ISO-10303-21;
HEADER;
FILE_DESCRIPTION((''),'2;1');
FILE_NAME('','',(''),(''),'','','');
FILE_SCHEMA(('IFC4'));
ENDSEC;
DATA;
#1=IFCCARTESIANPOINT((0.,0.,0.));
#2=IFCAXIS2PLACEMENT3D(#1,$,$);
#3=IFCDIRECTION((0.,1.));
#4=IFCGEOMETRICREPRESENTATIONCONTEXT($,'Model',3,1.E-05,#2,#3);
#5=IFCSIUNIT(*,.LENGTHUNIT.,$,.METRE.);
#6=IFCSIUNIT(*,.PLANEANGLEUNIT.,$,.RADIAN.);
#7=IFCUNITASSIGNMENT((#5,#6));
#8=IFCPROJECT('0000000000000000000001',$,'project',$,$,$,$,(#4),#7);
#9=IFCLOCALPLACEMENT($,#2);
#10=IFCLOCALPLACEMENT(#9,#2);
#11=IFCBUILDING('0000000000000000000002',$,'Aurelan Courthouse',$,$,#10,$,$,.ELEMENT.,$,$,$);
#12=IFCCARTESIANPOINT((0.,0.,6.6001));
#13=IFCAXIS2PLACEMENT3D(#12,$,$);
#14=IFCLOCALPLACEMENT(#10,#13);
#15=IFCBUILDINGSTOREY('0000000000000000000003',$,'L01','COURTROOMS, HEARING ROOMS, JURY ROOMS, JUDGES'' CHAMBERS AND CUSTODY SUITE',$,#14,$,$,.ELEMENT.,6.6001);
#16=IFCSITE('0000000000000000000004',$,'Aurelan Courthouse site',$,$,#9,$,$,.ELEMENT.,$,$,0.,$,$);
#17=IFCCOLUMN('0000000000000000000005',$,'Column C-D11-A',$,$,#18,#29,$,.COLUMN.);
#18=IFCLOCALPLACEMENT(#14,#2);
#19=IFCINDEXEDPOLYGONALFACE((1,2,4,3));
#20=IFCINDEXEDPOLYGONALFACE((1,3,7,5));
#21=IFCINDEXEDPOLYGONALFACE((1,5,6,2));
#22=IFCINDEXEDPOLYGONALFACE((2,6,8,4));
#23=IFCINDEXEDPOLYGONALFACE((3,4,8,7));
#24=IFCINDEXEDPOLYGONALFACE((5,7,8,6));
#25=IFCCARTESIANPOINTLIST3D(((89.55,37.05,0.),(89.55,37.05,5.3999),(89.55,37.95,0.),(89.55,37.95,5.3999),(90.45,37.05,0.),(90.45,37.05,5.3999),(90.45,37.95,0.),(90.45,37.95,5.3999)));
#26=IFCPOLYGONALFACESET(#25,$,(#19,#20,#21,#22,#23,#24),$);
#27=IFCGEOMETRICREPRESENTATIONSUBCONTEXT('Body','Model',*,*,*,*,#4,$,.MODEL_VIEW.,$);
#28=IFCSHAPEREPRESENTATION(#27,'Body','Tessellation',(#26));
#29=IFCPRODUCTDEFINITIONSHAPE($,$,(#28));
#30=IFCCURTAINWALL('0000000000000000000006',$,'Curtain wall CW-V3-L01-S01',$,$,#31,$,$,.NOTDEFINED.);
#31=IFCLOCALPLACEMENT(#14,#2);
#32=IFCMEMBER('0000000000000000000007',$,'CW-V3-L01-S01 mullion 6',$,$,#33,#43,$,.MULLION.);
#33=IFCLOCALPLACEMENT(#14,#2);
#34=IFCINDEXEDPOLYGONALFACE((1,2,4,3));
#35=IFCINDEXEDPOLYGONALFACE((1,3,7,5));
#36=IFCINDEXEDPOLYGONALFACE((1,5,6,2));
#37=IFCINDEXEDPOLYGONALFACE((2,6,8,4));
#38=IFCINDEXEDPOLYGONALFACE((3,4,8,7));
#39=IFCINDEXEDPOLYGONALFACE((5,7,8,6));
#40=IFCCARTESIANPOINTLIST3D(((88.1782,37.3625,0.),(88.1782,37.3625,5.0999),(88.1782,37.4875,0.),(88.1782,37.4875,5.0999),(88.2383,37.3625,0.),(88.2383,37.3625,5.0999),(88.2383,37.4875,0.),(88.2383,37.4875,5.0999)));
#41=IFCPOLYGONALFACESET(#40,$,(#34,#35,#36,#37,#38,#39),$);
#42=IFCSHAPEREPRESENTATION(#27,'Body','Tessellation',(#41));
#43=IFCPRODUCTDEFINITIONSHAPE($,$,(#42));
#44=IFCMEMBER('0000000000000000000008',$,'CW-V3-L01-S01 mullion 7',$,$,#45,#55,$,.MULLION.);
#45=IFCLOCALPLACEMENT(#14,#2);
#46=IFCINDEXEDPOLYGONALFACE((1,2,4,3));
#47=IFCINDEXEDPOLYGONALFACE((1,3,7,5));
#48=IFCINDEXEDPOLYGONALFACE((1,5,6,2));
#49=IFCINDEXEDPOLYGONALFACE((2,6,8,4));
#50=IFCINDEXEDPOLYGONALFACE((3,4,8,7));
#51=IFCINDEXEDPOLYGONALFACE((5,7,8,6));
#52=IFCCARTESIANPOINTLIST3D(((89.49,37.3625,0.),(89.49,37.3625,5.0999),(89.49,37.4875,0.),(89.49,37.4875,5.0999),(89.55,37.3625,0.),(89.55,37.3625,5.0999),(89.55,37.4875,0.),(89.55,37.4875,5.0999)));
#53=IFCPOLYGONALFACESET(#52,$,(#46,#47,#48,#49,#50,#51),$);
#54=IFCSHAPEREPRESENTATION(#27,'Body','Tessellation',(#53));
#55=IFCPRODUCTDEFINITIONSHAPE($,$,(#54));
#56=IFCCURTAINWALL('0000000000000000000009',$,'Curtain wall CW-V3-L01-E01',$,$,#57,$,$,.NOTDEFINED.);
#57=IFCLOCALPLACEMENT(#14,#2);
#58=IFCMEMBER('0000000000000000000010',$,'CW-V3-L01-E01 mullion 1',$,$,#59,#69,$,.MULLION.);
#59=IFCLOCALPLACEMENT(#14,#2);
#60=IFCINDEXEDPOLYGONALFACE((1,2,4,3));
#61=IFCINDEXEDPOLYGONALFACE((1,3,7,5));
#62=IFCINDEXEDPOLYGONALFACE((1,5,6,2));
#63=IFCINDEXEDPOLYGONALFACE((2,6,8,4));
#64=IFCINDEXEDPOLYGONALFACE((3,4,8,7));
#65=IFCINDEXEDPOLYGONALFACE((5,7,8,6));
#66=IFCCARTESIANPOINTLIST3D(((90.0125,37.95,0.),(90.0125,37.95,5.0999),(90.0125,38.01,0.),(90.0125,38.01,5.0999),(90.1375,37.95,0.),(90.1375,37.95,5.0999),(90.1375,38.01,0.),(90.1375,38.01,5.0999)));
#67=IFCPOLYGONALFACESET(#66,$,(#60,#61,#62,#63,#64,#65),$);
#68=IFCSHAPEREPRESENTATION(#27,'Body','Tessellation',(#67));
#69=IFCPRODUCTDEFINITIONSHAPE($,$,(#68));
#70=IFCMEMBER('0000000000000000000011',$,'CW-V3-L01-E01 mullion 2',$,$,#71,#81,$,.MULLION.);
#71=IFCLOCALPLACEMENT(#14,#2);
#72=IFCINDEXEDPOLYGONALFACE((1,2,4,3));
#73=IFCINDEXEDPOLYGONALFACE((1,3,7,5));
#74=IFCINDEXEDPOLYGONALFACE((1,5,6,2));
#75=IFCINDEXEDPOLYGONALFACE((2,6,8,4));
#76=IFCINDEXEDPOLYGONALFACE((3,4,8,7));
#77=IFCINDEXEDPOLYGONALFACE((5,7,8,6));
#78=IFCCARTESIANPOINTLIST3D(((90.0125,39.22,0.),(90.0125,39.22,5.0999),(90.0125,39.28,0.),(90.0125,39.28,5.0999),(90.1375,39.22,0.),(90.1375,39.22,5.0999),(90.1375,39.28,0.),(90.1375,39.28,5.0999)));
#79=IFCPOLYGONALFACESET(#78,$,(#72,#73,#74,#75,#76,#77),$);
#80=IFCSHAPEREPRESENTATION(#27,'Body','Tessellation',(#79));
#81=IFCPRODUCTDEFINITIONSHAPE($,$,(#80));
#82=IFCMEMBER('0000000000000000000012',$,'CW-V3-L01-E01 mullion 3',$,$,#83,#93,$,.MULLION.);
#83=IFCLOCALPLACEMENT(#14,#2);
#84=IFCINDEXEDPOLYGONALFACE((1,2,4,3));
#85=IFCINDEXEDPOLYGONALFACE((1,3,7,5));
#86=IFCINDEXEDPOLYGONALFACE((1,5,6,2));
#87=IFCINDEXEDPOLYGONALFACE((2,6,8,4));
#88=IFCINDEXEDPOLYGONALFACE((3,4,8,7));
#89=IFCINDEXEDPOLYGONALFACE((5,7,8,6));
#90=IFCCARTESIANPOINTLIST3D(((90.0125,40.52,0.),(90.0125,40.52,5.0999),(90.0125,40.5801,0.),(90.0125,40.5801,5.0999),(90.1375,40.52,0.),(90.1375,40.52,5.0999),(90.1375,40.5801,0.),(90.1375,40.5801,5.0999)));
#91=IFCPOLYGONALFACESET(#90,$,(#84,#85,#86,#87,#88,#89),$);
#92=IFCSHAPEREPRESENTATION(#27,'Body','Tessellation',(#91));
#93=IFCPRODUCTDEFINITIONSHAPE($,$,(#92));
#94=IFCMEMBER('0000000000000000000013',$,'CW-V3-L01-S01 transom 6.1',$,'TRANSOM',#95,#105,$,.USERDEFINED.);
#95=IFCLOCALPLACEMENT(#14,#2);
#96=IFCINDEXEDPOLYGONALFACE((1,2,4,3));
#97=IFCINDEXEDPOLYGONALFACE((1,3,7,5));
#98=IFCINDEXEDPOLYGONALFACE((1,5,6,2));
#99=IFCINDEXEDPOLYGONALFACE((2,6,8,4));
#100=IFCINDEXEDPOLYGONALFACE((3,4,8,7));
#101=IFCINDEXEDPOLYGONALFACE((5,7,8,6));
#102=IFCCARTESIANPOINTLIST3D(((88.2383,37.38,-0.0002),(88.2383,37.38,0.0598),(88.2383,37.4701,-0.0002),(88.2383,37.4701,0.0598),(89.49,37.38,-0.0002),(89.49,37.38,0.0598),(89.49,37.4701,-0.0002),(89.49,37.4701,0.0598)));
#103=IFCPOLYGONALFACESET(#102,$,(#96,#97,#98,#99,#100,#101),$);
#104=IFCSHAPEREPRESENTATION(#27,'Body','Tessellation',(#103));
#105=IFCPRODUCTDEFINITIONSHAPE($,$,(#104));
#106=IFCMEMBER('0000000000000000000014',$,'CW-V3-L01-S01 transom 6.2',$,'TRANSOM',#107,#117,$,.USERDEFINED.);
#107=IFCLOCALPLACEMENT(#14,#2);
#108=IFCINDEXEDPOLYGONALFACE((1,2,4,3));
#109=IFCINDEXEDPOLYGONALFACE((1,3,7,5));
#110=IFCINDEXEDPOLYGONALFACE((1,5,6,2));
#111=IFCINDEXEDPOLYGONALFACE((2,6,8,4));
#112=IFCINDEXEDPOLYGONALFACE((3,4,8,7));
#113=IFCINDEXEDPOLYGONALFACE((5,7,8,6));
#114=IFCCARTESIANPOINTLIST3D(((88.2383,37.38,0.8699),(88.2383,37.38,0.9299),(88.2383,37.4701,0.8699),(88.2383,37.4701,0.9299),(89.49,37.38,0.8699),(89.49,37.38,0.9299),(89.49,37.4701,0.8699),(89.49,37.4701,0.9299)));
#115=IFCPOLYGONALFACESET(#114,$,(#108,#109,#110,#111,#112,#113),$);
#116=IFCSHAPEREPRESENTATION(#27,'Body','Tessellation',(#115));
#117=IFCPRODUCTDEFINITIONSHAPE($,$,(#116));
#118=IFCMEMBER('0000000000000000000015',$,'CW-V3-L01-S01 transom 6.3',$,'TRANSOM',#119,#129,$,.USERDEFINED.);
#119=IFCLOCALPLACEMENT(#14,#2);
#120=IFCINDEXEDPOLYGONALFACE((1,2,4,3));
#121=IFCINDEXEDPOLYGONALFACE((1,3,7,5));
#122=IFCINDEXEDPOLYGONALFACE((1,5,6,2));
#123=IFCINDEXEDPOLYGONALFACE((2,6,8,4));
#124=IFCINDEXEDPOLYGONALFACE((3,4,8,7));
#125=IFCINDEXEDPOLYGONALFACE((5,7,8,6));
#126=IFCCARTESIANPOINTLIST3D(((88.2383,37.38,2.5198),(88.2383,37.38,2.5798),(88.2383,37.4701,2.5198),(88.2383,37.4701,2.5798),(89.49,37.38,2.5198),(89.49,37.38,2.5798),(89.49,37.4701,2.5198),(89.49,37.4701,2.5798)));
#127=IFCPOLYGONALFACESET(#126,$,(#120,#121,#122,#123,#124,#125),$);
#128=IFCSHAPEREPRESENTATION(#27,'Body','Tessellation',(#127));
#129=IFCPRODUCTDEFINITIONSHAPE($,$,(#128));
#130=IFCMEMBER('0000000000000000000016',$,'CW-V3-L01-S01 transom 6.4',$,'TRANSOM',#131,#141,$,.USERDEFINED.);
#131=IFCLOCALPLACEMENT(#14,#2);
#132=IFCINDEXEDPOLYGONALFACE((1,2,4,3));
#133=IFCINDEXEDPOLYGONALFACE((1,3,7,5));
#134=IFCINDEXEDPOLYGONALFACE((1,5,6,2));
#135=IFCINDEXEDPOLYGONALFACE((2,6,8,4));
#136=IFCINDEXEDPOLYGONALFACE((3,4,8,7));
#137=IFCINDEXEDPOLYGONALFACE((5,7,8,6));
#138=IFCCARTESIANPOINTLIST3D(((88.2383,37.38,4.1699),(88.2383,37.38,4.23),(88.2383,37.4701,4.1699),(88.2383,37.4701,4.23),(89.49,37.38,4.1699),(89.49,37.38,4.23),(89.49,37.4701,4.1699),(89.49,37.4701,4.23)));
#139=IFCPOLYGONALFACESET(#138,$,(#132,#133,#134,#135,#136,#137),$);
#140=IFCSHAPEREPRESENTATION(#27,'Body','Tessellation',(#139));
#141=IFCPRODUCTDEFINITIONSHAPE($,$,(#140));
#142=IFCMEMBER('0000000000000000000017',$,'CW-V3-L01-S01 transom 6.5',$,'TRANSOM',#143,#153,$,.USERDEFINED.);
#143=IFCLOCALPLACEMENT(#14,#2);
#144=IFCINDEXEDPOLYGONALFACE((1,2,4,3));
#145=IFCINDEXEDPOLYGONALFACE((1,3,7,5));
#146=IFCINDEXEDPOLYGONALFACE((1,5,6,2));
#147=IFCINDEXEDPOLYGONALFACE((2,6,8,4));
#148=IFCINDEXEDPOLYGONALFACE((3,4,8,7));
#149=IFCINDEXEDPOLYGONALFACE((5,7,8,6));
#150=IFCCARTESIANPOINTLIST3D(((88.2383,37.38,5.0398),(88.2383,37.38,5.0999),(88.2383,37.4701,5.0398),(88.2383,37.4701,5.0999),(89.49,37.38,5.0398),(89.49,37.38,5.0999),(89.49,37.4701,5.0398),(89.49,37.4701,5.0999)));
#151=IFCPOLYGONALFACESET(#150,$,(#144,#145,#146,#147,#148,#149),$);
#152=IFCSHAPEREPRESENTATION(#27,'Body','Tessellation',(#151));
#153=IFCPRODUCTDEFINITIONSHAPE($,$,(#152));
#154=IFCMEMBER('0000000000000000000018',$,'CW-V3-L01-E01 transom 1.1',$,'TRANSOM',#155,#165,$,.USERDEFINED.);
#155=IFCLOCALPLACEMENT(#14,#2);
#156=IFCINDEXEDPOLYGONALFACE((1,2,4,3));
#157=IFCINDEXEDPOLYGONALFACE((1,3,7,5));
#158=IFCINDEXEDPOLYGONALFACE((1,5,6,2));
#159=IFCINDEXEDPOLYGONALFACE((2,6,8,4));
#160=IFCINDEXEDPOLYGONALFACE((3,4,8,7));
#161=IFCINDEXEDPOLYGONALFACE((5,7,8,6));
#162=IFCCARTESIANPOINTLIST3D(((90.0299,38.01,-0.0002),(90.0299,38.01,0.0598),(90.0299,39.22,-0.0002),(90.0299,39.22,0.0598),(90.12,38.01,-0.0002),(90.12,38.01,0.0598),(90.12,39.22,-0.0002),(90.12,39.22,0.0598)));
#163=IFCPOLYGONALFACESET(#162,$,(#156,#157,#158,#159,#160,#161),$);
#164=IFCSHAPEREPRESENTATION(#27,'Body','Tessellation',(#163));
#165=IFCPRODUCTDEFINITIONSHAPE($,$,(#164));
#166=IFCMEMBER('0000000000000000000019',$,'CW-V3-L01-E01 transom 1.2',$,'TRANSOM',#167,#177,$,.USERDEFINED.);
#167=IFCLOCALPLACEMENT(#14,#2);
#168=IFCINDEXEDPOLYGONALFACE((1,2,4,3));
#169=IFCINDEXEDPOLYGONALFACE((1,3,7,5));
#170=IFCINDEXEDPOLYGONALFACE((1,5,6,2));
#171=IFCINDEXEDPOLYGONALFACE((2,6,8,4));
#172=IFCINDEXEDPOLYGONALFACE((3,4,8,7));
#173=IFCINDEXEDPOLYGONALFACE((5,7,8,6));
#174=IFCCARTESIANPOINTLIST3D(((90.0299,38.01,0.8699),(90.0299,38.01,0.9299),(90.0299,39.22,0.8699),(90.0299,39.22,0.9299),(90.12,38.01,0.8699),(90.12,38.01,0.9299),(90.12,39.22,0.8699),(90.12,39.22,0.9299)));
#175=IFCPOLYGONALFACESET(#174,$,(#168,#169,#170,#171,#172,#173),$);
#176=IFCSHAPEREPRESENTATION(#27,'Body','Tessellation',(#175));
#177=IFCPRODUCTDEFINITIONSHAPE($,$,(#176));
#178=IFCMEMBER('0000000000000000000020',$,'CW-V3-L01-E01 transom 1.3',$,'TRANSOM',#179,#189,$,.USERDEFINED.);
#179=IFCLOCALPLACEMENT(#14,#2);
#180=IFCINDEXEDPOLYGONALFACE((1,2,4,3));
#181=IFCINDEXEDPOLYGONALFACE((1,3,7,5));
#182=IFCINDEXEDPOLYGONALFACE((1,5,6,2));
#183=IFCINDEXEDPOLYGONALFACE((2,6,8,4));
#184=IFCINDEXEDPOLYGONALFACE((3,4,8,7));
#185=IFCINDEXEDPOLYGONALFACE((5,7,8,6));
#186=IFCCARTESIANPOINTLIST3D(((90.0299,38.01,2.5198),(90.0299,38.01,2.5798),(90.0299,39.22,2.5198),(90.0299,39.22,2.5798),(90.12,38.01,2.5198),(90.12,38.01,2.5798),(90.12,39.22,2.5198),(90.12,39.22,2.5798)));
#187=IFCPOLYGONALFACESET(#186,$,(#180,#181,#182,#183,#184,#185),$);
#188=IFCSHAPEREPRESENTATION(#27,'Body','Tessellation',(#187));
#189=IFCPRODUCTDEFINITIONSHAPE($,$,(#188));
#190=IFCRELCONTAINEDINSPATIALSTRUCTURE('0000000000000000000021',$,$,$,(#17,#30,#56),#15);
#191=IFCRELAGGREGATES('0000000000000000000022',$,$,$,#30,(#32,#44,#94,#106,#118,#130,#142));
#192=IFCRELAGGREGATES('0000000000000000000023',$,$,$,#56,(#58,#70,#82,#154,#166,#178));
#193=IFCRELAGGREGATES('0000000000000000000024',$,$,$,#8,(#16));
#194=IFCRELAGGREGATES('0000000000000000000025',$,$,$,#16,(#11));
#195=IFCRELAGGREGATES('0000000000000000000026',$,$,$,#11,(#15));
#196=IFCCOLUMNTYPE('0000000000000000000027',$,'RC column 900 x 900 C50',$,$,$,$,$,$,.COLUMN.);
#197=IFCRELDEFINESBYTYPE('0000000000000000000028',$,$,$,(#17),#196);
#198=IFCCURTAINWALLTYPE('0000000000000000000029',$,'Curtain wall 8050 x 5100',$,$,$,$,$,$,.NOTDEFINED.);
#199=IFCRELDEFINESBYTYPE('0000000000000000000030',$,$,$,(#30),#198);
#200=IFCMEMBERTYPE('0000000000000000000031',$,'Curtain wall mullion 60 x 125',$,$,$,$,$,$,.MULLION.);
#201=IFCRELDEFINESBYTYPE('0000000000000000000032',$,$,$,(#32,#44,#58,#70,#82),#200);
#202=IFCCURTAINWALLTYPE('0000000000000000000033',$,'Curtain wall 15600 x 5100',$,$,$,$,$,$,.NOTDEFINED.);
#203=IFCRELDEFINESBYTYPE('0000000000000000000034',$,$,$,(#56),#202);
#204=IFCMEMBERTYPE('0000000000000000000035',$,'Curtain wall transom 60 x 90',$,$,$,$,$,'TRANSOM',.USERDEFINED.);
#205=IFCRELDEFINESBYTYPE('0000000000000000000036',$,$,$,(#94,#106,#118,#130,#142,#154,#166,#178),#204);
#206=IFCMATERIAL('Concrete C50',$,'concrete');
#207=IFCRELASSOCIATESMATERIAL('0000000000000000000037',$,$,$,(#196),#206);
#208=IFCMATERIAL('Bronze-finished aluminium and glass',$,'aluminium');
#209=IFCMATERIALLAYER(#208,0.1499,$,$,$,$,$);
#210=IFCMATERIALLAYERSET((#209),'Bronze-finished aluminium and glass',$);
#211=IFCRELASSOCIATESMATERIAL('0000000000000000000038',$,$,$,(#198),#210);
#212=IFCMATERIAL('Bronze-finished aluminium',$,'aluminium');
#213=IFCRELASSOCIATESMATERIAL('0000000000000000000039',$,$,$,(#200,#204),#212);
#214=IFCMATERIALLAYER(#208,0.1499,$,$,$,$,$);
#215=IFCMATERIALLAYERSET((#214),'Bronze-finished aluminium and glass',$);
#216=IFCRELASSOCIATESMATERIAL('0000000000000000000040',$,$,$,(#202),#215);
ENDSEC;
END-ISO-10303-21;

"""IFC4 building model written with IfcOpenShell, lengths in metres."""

from ifc_helpers import new_model, si_unit, direction, frame, origin, origin_2d, place, context, subcontext, project, spatial, rectangle, extrude, material, layer, layer_set, material_profile, profile_set, type_object, element, aggregate, save


model = new_model("IFC4")

# Units and contexts
model_context = context("Model", 3, precision=1e-05, world=origin(), true_north=direction((0.0, 1.0)))
body_context = subcontext(model_context, "Body", "Model", "MODEL_VIEW")
ifc_project = project(units=[si_unit("LENGTHUNIT", "METRE"), si_unit("PLANEANGLEUNIT", "RADIAN")], contexts=[model_context])

# Site, building, storey
site_placement = place(None, origin())
site = spatial("IfcSite", under=ifc_project, at=site_placement, Name="Aurelan Courthouse site", CompositionType="ELEMENT", RefElevation=0.0)
building_placement = place(site_placement, origin())
building = spatial("IfcBuilding", under=site, at=building_placement, Name="Aurelan Courthouse", CompositionType="ELEMENT")
storey_placement = place(building_placement, frame((0.0, 0.0, 6.6001)))
storey = spatial("IfcBuildingStorey", under=building, at=storey_placement, Name="L01", Description="COURTROOMS, HEARING ROOMS, JURY ROOMS, JUDGES' CHAMBERS AND CUSTODY SUITE", CompositionType="ELEMENT", Elevation=6.6001)

# Column
ifc_material_1 = material(Name="Concrete C50", Category="concrete")
ifc_material_profile_1 = material_profile(ifc_material_1, rectangle(XDim=0.8999, YDim=0.8999, at=origin_2d()), Name="RC 900 x 900")
ifc_profile_set_1 = profile_set([ifc_material_profile_1], Name="Concrete C50")
column_type = type_object("IfcColumnType", Name="RC column 900 x 900 C50", PredefinedType="COLUMN", material=ifc_profile_set_1)
column_placement = place(storey_placement, frame((90.0, 37.5, 0.0), z_axis=(0.0, 0.0, 1.0), x_axis=(1.0, 0.0, 0.0)))
element("IfcColumn", 1, at=column_placement, inside=storey, type_object=column_type, Name="Column C-D11-A", PredefinedType="COLUMN", context=body_context, shape_type="SweptSolid", body=[
    extrude(rectangle(XDim=0.8999, YDim=0.8999, at=origin_2d()), origin(), (0.0, 0.0, 1.0), 5.3999),
])

# Curtain walls, members
ifc_material_2 = material(Name="Bronze-finished aluminium and glass", Category="aluminium")
ifc_layer_1 = layer(ifc_material_2, 0.1499)
ifc_layer_set_1 = layer_set([ifc_layer_1], Name="Bronze-finished aluminium and glass")
curtain_wall_type_1 = type_object("IfcCurtainWallType", Name="Curtain wall 8050 x 5100", PredefinedType="NOTDEFINED", material=ifc_layer_set_1)
curtain_wall_1_placement = place(storey_placement, origin())
curtain_wall_1 = element("IfcCurtainWall", 2, at=curtain_wall_1_placement, inside=storey, type_object=curtain_wall_type_1, Name="Curtain wall CW-V3-L01-S01", PredefinedType="NOTDEFINED")
ifc_material_3 = material(Name="Bronze-finished aluminium", Category="aluminium")
ifc_material_profile_2 = material_profile(ifc_material_3, rectangle(XDim=0.125, YDim=0.0601, at=origin_2d()), Name="Bronze mullion 60 x 125")
ifc_profile_set_2 = profile_set([ifc_material_profile_2], Name="Bronze-finished aluminium")
member_type_1 = type_object("IfcMemberType", Name="Curtain wall mullion 60 x 125", PredefinedType="MULLION", material=ifc_profile_set_2)
member_1_placement = place(storey_placement, frame((88.2083, 37.425, 0.0), z_axis=(0.0, 0.0, 1.0), x_axis=(0.0, 1.0, 0.0)))
member_1 = element("IfcMember", 3, at=member_1_placement, type_object=member_type_1, Name="CW-V3-L01-S01 mullion 6", PredefinedType="MULLION", context=body_context, shape_type="SweptSolid", body=[
    extrude(rectangle(XDim=0.125, YDim=0.0601, at=origin_2d()), origin(), (0.0, 0.0, 1.0), 5.0999),
])
member_2_placement = place(storey_placement, frame((89.52, 37.425, 0.0), z_axis=(0.0, 0.0, 1.0), x_axis=(0.0, 1.0, 0.0)))
member_2 = element("IfcMember", 4, at=member_2_placement, type_object=member_type_1, Name="CW-V3-L01-S01 mullion 7", PredefinedType="MULLION", context=body_context, shape_type="SweptSolid", body=[
    extrude(rectangle(XDim=0.125, YDim=0.0601, at=origin_2d()), origin(), (0.0, 0.0, 1.0), 5.0999),
])
ifc_layer_2 = layer(ifc_material_2, 0.1499)
ifc_layer_set_2 = layer_set([ifc_layer_2], Name="Bronze-finished aluminium and glass")
curtain_wall_type_2 = type_object("IfcCurtainWallType", Name="Curtain wall 15600 x 5100", PredefinedType="NOTDEFINED", material=ifc_layer_set_2)
curtain_wall_2_placement = place(storey_placement, origin())
curtain_wall_2 = element("IfcCurtainWall", 5, at=curtain_wall_2_placement, inside=storey, type_object=curtain_wall_type_2, Name="Curtain wall CW-V3-L01-E01", PredefinedType="NOTDEFINED")
member_3_placement = place(storey_placement, frame((90.075, 37.98, 0.0), z_axis=(0.0, 0.0, 1.0), x_axis=(-1.0, 0.0, 0.0)))
member_3 = element("IfcMember", 6, at=member_3_placement, type_object=member_type_1, Name="CW-V3-L01-E01 mullion 1", PredefinedType="MULLION", context=body_context, shape_type="SweptSolid", body=[
    extrude(rectangle(XDim=0.125, YDim=0.0601, at=origin_2d()), origin(), (0.0, 0.0, 1.0), 5.0999),
])
member_4_placement = place(storey_placement, frame((90.075, 39.25, 0.0), z_axis=(0.0, 0.0, 1.0), x_axis=(-1.0, 0.0, 0.0)))
member_4 = element("IfcMember", 7, at=member_4_placement, type_object=member_type_1, Name="CW-V3-L01-E01 mullion 2", PredefinedType="MULLION", context=body_context, shape_type="SweptSolid", body=[
    extrude(rectangle(XDim=0.125, YDim=0.0601, at=origin_2d()), origin(), (0.0, 0.0, 1.0), 5.0999),
])
member_5_placement = place(storey_placement, frame((90.075, 40.55, 0.0), z_axis=(0.0, 0.0, 1.0), x_axis=(-1.0, 0.0, 0.0)))
member_5 = element("IfcMember", 8, at=member_5_placement, type_object=member_type_1, Name="CW-V3-L01-E01 mullion 3", PredefinedType="MULLION", context=body_context, shape_type="SweptSolid", body=[
    extrude(rectangle(XDim=0.125, YDim=0.0601, at=origin_2d()), origin(), (0.0, 0.0, 1.0), 5.0999),
])

# Members
ifc_material_profile_3 = material_profile(ifc_material_3, rectangle(XDim=0.0901, YDim=0.0601, at=origin_2d()), Name="Bronze transom 60 x 90")
ifc_profile_set_3 = profile_set([ifc_material_profile_3], Name="Bronze-finished aluminium")
member_type_2 = type_object("IfcMemberType", Name="Curtain wall transom 60 x 90", ElementType="TRANSOM", PredefinedType="USERDEFINED", material=ifc_profile_set_3)
member_6_placement = place(storey_placement, frame((88.2383, 37.425, 0.0298), z_axis=(1.0, 0.0, 0.0), x_axis=(0.0, 1.0, 0.0)))
member_6 = element("IfcMember", 9, at=member_6_placement, type_object=member_type_2, Name="CW-V3-L01-S01 transom 6.1", ObjectType="TRANSOM", PredefinedType="USERDEFINED", context=body_context, shape_type="SweptSolid", body=[
    extrude(rectangle(XDim=0.0901, YDim=0.0601, at=origin_2d()), origin(), (0.0, 0.0, 1.0), 1.2517),
])
member_7_placement = place(storey_placement, frame((88.2383, 37.425, 0.8999), z_axis=(1.0, 0.0, 0.0), x_axis=(0.0, 1.0, 0.0)))
member_7 = element("IfcMember", 10, at=member_7_placement, type_object=member_type_2, Name="CW-V3-L01-S01 transom 6.2", ObjectType="TRANSOM", PredefinedType="USERDEFINED", context=body_context, shape_type="SweptSolid", body=[
    extrude(rectangle(XDim=0.0901, YDim=0.0601, at=origin_2d()), origin(), (0.0, 0.0, 1.0), 1.2517),
])
member_8_placement = place(storey_placement, frame((88.2383, 37.425, 2.5498), z_axis=(1.0, 0.0, 0.0), x_axis=(0.0, 1.0, 0.0)))
member_8 = element("IfcMember", 11, at=member_8_placement, type_object=member_type_2, Name="CW-V3-L01-S01 transom 6.3", ObjectType="TRANSOM", PredefinedType="USERDEFINED", context=body_context, shape_type="SweptSolid", body=[
    extrude(rectangle(XDim=0.0901, YDim=0.0601, at=origin_2d()), origin(), (0.0, 0.0, 1.0), 1.2517),
])
member_9_placement = place(storey_placement, frame((88.2383, 37.425, 4.2), z_axis=(1.0, 0.0, 0.0), x_axis=(0.0, 1.0, 0.0)))
member_9 = element("IfcMember", 12, at=member_9_placement, type_object=member_type_2, Name="CW-V3-L01-S01 transom 6.4", ObjectType="TRANSOM", PredefinedType="USERDEFINED", context=body_context, shape_type="SweptSolid", body=[
    extrude(rectangle(XDim=0.0901, YDim=0.0601, at=origin_2d()), origin(), (0.0, 0.0, 1.0), 1.2517),
])
member_10_placement = place(storey_placement, frame((88.2383, 37.425, 5.0698), z_axis=(1.0, 0.0, 0.0), x_axis=(0.0, 1.0, 0.0)))
member_10 = element("IfcMember", 13, at=member_10_placement, type_object=member_type_2, Name="CW-V3-L01-S01 transom 6.5", ObjectType="TRANSOM", PredefinedType="USERDEFINED", context=body_context, shape_type="SweptSolid", body=[
    extrude(rectangle(XDim=0.0901, YDim=0.0601, at=origin_2d()), origin(), (0.0, 0.0, 1.0), 1.2517),
])
member_11_placement = place(storey_placement, frame((90.075, 38.01, 0.0298), z_axis=(0.0, 1.0, 0.0), x_axis=(-1.0, 0.0, 0.0)))
member_11 = element("IfcMember", 14, at=member_11_placement, type_object=member_type_2, Name="CW-V3-L01-E01 transom 1.1", ObjectType="TRANSOM", PredefinedType="USERDEFINED", context=body_context, shape_type="SweptSolid", body=[
    extrude(rectangle(XDim=0.0901, YDim=0.0601, at=origin_2d()), origin(), (0.0, 0.0, 1.0), 1.21),
])
member_12_placement = place(storey_placement, frame((90.075, 38.01, 0.8999), z_axis=(0.0, 1.0, 0.0), x_axis=(-1.0, 0.0, 0.0)))
member_12 = element("IfcMember", 15, at=member_12_placement, type_object=member_type_2, Name="CW-V3-L01-E01 transom 1.2", ObjectType="TRANSOM", PredefinedType="USERDEFINED", context=body_context, shape_type="SweptSolid", body=[
    extrude(rectangle(XDim=0.0901, YDim=0.0601, at=origin_2d()), origin(), (0.0, 0.0, 1.0), 1.21),
])
member_13_placement = place(storey_placement, frame((90.075, 38.01, 2.5498), z_axis=(0.0, 1.0, 0.0), x_axis=(-1.0, 0.0, 0.0)))
member_13 = element("IfcMember", 16, at=member_13_placement, type_object=member_type_2, Name="CW-V3-L01-E01 transom 1.3", ObjectType="TRANSOM", PredefinedType="USERDEFINED", context=body_context, shape_type="SweptSolid", body=[
    extrude(rectangle(XDim=0.0901, YDim=0.0601, at=origin_2d()), origin(), (0.0, 0.0, 1.0), 1.21),
])

aggregate(curtain_wall_1, [member_1, member_2, member_6, member_7, member_8, member_9, member_10])
aggregate(curtain_wall_2, [member_3, member_4, member_5, member_11, member_12, member_13])

save(model, "model.ifc")
